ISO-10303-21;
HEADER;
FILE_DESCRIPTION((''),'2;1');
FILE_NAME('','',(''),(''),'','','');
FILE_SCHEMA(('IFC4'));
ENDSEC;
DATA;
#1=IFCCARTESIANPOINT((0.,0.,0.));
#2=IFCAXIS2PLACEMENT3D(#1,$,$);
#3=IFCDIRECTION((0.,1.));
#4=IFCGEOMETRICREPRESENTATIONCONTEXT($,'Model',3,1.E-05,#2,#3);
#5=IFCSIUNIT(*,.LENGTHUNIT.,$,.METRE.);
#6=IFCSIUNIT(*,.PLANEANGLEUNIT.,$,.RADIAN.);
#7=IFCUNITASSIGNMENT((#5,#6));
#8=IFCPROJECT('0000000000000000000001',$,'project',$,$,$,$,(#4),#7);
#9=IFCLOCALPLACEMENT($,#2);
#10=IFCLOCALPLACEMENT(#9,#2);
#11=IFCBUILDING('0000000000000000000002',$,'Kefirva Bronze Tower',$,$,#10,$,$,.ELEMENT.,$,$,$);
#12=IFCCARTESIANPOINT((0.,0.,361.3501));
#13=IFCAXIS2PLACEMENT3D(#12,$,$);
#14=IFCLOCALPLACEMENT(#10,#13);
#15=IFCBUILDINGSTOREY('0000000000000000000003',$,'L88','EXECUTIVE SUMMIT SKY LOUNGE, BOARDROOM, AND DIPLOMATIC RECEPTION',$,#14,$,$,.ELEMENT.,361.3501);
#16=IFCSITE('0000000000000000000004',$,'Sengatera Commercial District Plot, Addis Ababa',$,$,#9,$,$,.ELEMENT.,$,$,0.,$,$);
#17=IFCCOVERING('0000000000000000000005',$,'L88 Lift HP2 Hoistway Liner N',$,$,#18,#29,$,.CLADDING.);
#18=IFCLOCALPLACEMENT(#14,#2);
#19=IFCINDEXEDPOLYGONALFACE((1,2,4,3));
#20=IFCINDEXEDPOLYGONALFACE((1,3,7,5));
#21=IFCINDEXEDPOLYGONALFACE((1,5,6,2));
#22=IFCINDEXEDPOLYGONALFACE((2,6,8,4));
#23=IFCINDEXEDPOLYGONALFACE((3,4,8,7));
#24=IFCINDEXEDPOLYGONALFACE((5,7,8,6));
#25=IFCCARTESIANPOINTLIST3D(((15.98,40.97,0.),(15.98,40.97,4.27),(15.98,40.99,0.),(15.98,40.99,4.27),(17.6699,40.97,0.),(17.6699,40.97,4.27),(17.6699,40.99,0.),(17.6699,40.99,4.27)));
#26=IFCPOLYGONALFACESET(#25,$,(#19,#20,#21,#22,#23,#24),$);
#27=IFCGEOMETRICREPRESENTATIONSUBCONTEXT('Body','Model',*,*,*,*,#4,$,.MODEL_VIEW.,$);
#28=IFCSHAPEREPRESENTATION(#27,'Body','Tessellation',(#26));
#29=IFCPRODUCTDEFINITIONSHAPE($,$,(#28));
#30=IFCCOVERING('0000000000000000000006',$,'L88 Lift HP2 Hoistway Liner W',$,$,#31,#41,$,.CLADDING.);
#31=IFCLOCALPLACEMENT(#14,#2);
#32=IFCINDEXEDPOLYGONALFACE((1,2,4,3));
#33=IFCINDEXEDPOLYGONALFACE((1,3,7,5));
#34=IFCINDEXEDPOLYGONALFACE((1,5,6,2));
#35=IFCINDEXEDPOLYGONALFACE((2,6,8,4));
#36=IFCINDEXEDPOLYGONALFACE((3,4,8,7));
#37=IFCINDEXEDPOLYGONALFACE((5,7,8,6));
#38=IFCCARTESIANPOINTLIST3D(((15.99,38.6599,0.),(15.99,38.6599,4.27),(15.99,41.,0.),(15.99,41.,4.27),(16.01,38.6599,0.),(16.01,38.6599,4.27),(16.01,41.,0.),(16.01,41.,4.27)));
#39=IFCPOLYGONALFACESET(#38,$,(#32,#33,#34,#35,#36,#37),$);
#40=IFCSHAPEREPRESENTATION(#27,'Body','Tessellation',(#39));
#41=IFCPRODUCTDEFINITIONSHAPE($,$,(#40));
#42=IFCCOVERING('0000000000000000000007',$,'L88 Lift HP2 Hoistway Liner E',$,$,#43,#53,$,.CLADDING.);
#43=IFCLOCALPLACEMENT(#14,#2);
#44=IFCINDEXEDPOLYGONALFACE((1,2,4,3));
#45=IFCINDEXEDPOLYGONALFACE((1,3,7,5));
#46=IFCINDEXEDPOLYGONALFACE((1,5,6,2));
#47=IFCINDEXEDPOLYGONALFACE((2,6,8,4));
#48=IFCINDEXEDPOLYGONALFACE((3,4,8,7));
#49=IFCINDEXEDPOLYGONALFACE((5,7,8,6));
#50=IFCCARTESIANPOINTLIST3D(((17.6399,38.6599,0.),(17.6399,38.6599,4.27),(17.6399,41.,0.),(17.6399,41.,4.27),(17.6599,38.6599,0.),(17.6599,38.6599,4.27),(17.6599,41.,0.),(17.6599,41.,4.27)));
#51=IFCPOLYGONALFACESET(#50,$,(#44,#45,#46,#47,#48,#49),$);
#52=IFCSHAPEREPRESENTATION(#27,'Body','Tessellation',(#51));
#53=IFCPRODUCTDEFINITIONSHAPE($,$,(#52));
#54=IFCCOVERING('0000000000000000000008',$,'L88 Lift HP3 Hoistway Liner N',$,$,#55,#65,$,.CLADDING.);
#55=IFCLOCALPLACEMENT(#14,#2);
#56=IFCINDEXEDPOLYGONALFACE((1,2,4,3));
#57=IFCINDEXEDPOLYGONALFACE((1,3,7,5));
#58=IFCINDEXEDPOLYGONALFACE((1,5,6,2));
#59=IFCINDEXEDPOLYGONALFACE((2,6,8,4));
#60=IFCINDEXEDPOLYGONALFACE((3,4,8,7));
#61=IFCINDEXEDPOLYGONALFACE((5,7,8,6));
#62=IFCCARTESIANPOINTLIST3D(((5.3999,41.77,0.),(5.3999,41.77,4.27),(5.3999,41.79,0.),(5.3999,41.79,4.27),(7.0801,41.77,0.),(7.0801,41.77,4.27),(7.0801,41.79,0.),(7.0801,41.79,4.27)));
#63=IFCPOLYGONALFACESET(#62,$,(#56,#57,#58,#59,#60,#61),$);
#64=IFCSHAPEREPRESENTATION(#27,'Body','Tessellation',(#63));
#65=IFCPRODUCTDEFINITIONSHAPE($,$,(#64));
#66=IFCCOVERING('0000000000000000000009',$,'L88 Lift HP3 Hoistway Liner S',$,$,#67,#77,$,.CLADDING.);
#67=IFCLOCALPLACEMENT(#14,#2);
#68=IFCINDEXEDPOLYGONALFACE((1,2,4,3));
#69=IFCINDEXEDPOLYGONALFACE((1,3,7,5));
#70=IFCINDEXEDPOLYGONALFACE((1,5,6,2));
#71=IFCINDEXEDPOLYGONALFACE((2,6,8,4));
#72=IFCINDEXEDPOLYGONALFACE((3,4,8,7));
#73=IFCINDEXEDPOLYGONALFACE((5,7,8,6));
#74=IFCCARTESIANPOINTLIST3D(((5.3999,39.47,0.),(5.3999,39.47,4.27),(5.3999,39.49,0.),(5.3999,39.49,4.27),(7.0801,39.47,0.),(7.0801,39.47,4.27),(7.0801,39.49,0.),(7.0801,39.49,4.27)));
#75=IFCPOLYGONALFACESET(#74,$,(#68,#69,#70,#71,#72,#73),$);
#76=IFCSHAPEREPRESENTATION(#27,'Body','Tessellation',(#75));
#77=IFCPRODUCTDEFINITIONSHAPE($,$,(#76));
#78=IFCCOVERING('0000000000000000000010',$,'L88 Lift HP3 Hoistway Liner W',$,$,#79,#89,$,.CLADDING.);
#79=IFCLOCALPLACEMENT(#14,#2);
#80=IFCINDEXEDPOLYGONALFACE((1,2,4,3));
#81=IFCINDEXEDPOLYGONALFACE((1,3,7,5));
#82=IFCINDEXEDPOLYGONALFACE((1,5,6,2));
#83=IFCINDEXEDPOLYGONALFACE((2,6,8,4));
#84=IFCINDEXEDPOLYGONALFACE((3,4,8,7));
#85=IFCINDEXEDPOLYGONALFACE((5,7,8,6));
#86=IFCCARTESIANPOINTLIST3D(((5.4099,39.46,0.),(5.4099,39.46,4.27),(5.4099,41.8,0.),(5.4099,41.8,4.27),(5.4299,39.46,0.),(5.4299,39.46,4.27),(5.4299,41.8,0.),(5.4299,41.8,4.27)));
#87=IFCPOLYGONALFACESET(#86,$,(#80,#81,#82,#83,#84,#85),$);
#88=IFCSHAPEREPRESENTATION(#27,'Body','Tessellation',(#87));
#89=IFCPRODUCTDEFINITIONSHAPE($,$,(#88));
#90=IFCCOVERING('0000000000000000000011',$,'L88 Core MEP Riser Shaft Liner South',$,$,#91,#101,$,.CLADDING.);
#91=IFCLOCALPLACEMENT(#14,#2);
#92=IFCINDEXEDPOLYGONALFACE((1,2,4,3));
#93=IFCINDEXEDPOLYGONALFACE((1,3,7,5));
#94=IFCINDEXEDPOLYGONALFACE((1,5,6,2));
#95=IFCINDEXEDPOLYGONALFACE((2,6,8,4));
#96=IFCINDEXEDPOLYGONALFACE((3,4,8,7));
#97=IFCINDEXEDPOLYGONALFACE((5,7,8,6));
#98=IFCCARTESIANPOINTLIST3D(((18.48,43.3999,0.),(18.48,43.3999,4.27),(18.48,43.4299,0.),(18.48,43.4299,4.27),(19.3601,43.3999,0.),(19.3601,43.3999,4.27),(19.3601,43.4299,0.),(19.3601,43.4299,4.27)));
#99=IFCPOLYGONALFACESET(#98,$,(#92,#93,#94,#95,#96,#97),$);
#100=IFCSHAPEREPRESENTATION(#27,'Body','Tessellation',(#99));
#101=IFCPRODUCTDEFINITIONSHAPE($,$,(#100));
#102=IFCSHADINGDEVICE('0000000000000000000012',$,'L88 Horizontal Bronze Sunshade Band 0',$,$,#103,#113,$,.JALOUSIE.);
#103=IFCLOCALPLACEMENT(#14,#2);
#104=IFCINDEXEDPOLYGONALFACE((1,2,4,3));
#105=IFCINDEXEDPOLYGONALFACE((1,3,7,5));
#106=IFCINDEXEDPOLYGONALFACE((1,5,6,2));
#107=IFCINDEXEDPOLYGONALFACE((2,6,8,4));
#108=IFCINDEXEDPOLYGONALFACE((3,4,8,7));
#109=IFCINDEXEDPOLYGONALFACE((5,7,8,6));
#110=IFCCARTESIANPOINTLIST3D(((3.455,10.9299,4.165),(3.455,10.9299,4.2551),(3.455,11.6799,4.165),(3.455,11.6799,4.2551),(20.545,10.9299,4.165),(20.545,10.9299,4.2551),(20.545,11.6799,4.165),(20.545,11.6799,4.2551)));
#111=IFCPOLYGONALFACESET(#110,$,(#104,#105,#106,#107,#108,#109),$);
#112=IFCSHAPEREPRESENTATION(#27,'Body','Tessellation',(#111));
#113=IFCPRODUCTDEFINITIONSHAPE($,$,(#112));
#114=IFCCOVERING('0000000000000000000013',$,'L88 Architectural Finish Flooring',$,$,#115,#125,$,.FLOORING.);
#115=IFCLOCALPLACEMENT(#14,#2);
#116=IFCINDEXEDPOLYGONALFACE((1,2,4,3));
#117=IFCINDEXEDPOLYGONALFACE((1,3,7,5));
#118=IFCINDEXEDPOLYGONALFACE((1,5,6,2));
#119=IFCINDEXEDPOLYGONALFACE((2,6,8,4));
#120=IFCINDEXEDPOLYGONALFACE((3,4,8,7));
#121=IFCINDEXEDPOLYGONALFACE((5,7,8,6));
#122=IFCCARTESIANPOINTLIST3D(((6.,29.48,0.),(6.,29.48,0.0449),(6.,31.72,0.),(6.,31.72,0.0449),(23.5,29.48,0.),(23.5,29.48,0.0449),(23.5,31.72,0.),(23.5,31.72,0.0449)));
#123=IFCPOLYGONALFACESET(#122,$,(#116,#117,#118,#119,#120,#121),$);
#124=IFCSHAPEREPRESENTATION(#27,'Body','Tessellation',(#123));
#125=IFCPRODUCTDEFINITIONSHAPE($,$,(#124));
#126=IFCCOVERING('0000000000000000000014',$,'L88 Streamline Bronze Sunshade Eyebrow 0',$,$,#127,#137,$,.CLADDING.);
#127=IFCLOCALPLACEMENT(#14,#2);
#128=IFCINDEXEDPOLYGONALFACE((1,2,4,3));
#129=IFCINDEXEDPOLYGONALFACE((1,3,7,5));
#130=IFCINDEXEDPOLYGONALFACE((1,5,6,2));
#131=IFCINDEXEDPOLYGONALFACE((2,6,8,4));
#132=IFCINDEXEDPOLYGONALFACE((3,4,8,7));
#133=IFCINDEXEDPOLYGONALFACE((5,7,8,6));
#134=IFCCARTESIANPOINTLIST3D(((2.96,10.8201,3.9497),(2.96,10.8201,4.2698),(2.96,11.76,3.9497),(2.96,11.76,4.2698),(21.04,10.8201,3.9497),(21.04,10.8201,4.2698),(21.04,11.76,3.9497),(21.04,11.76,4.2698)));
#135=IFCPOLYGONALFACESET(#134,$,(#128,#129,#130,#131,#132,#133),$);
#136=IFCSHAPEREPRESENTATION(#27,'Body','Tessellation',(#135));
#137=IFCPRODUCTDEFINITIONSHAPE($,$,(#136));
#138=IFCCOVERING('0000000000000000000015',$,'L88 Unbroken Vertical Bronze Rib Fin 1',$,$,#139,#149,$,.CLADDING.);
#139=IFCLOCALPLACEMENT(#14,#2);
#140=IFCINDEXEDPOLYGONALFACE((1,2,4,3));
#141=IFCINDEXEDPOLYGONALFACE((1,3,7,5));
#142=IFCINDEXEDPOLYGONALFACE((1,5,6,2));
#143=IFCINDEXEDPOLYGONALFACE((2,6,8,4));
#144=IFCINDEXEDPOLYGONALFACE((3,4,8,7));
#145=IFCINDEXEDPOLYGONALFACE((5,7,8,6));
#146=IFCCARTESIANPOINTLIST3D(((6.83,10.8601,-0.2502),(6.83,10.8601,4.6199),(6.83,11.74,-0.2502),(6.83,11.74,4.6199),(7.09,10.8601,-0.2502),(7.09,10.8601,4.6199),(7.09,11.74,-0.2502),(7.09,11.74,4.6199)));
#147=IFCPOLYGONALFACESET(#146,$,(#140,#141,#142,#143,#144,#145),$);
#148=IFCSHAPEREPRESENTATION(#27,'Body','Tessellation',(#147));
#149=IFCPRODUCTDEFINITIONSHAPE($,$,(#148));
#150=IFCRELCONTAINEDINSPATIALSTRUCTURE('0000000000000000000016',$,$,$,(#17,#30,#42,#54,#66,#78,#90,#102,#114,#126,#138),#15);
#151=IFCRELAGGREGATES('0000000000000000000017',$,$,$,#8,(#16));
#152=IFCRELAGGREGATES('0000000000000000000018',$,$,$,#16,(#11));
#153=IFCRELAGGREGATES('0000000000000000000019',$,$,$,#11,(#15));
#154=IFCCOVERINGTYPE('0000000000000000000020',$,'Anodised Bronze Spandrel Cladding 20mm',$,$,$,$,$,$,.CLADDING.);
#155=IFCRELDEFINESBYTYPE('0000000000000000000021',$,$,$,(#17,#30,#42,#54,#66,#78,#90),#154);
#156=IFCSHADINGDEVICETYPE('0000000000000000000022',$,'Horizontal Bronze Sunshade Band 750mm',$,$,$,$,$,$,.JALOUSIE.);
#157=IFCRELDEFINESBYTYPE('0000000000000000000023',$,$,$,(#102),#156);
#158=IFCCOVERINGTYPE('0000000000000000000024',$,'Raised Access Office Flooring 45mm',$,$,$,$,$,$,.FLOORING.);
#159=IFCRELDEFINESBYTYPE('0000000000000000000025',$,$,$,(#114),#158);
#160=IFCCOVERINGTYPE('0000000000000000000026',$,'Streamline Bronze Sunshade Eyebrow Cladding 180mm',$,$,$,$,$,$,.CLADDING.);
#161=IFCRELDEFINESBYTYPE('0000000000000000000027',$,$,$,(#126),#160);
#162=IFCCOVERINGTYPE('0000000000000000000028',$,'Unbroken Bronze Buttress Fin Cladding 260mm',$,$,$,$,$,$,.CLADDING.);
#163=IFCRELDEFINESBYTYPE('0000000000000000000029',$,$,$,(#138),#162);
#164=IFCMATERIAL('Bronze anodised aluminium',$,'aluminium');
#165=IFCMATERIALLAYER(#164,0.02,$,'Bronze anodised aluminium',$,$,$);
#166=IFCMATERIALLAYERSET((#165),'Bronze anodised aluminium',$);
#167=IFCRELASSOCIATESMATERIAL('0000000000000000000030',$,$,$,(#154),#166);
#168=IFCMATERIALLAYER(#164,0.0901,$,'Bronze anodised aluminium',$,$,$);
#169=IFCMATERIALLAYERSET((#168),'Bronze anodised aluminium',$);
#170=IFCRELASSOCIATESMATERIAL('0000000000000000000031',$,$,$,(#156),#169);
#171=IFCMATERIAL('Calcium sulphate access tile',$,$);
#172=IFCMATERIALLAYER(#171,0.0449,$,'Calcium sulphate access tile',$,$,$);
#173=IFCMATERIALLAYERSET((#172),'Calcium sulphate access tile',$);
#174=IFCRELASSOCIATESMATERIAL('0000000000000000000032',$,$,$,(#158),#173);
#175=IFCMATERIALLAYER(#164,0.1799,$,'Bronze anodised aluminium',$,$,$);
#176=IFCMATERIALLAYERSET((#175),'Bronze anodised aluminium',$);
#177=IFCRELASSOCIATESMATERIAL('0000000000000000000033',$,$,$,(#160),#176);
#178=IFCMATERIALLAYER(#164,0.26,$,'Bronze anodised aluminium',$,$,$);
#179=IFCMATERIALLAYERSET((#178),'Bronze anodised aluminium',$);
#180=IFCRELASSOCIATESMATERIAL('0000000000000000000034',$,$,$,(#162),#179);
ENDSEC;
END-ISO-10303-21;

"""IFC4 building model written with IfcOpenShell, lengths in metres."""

from ifc_helpers import new_model, si_unit, direction, frame, origin, origin_2d, place, context, subcontext, project, spatial, polyline, rectangle, outline, extrude, material, layer, layer_set, type_object, element, save


model = new_model("IFC4")

# Units and contexts
model_context = context("Model", 3, precision=1e-05, world=origin(), true_north=direction((0.0, 1.0)))
body_context = subcontext(model_context, "Body", "Model", "MODEL_VIEW")
ifc_project = project(units=[si_unit("LENGTHUNIT", "METRE"), si_unit("PLANEANGLEUNIT", "RADIAN")], contexts=[model_context])

# Site, building, storey
site_placement = place(None, origin())
site = spatial("IfcSite", under=ifc_project, at=site_placement, Name="Sengatera Commercial District Plot, Addis Ababa", CompositionType="ELEMENT", RefElevation=0.0)
building_placement = place(site_placement, origin())
building = spatial("IfcBuilding", under=site, at=building_placement, Name="Kefirva Bronze Tower", CompositionType="ELEMENT")
storey_placement = place(building_placement, frame((0.0, 0.0, 361.3501)))
storey = spatial("IfcBuildingStorey", under=building, at=storey_placement, Name="L88", Description="EXECUTIVE SUMMIT SKY LOUNGE, BOARDROOM, AND DIPLOMATIC RECEPTION", CompositionType="ELEMENT", Elevation=361.3501)

# Shared definitions
ifc_material_1 = material(Name="Bronze anodised aluminium", Category="aluminium")

# Coverings
ifc_layer_1 = layer(ifc_material_1, 0.02, Name="Bronze anodised aluminium")
ifc_layer_set_1 = layer_set([ifc_layer_1], Name="Bronze anodised aluminium")
covering_type_1 = type_object("IfcCoveringType", Name="Anodised Bronze Spandrel Cladding 20mm", PredefinedType="CLADDING", material=ifc_layer_set_1)
covering_1_placement = place(storey_placement, origin())
element("IfcCovering", 1, at=covering_1_placement, inside=storey, type_object=covering_type_1, Name="L88 Lift HP2 Hoistway Liner N", PredefinedType="CLADDING", context=body_context, shape_type="SweptSolid", body=[
    extrude(outline(polyline([(15.98, 40.97), (17.6699, 40.97), (17.6699, 40.99), (15.98, 40.99), (15.98, 40.97)])), origin(), (0.0, 0.0, 1.0), 4.27),
])
covering_2_placement = place(storey_placement, origin())
element("IfcCovering", 2, at=covering_2_placement, inside=storey, type_object=covering_type_1, Name="L88 Lift HP2 Hoistway Liner W", PredefinedType="CLADDING", context=body_context, shape_type="SweptSolid", body=[
    extrude(outline(polyline([(15.99, 38.6599), (16.01, 38.6599), (16.01, 41.0), (15.99, 41.0), (15.99, 38.6599)])), origin(), (0.0, 0.0, 1.0), 4.27),
])
covering_3_placement = place(storey_placement, origin())
element("IfcCovering", 3, at=covering_3_placement, inside=storey, type_object=covering_type_1, Name="L88 Lift HP2 Hoistway Liner E", PredefinedType="CLADDING", context=body_context, shape_type="SweptSolid", body=[
    extrude(outline(polyline([(17.6399, 38.6599), (17.6599, 38.6599), (17.6599, 41.0), (17.6399, 41.0), (17.6399, 38.6599)])), origin(), (0.0, 0.0, 1.0), 4.27),
])
covering_4_placement = place(storey_placement, origin())
element("IfcCovering", 4, at=covering_4_placement, inside=storey, type_object=covering_type_1, Name="L88 Lift HP3 Hoistway Liner N", PredefinedType="CLADDING", context=body_context, shape_type="SweptSolid", body=[
    extrude(outline(polyline([(5.3999, 41.77), (7.0801, 41.77), (7.0801, 41.79), (5.3999, 41.79), (5.3999, 41.77)])), origin(), (0.0, 0.0, 1.0), 4.27),
])
covering_5_placement = place(storey_placement, origin())
element("IfcCovering", 5, at=covering_5_placement, inside=storey, type_object=covering_type_1, Name="L88 Lift HP3 Hoistway Liner S", PredefinedType="CLADDING", context=body_context, shape_type="SweptSolid", body=[
    extrude(outline(polyline([(5.3999, 39.47), (7.0801, 39.47), (7.0801, 39.49), (5.3999, 39.49), (5.3999, 39.47)])), origin(), (0.0, 0.0, 1.0), 4.27),
])
covering_6_placement = place(storey_placement, origin())
element("IfcCovering", 6, at=covering_6_placement, inside=storey, type_object=covering_type_1, Name="L88 Lift HP3 Hoistway Liner W", PredefinedType="CLADDING", context=body_context, shape_type="SweptSolid", body=[
    extrude(outline(polyline([(5.4099, 39.46), (5.4299, 39.46), (5.4299, 41.8), (5.4099, 41.8), (5.4099, 39.46)])), origin(), (0.0, 0.0, 1.0), 4.27),
])
covering_7_placement = place(storey_placement, origin())
element("IfcCovering", 7, at=covering_7_placement, inside=storey, type_object=covering_type_1, Name="L88 Core MEP Riser Shaft Liner South", PredefinedType="CLADDING", context=body_context, shape_type="SweptSolid", body=[
    extrude(outline(polyline([(18.48, 43.3999), (19.3601, 43.3999), (19.3601, 43.4299), (18.48, 43.4299), (18.48, 43.3999)])), origin(), (0.0, 0.0, 1.0), 4.27),
])

# Shading device
ifc_layer_2 = layer(ifc_material_1, 0.0901, Name="Bronze anodised aluminium")
ifc_layer_set_2 = layer_set([ifc_layer_2], Name="Bronze anodised aluminium")
shading_device_type = type_object("IfcShadingDeviceType", Name="Horizontal Bronze Sunshade Band 750mm", PredefinedType="JALOUSIE", material=ifc_layer_set_2)
shading_device_placement = place(storey_placement, frame((12.0, 11.3049, 4.165), z_axis=(0.0, 0.0, 1.0), x_axis=(1.0, 0.0, 0.0)))
element("IfcShadingDevice", 8, at=shading_device_placement, inside=storey, type_object=shading_device_type, Name="L88 Horizontal Bronze Sunshade Band 0", PredefinedType="JALOUSIE", context=body_context, shape_type="SweptSolid", body=[
    extrude(rectangle(XDim=17.0901, YDim=0.75, at=origin_2d()), origin(), (0.0, 0.0, 1.0), 0.0901),
])

# Coverings
ifc_material_2 = material(Name="Calcium sulphate access tile")
ifc_layer_3 = layer(ifc_material_2, 0.0449, Name="Calcium sulphate access tile")
ifc_layer_set_3 = layer_set([ifc_layer_3], Name="Calcium sulphate access tile")
covering_type_2 = type_object("IfcCoveringType", Name="Raised Access Office Flooring 45mm", PredefinedType="FLOORING", material=ifc_layer_set_3)
covering_8_placement = place(storey_placement, origin())
element("IfcCovering", 9, at=covering_8_placement, inside=storey, type_object=covering_type_2, Name="L88 Architectural Finish Flooring", PredefinedType="FLOORING", context=body_context, shape_type="SweptSolid", body=[
    extrude(outline(polyline([(6.0, 29.48), (23.5, 29.48), (23.5, 31.72), (6.0, 31.72), (6.0, 29.48)])), origin(), (0.0, 0.0, 1.0), 0.0449),
])
ifc_layer_4 = layer(ifc_material_1, 0.1799, Name="Bronze anodised aluminium")
ifc_layer_set_4 = layer_set([ifc_layer_4], Name="Bronze anodised aluminium")
covering_type_3 = type_object("IfcCoveringType", Name="Streamline Bronze Sunshade Eyebrow Cladding 180mm", PredefinedType="CLADDING", material=ifc_layer_set_4)
covering_9_placement = place(storey_placement, frame((12.0, 11.29, 3.9497), z_axis=(0.0, 0.0, 1.0), x_axis=(1.0, 0.0, 0.0)))
element("IfcCovering", 10, at=covering_9_placement, inside=storey, type_object=covering_type_3, Name="L88 Streamline Bronze Sunshade Eyebrow 0", PredefinedType="CLADDING", context=body_context, shape_type="SweptSolid", body=[
    extrude(rectangle(XDim=18.0801, YDim=0.9399, at=origin_2d()), origin(), (0.0, 0.0, 1.0), 0.3201),
])
ifc_layer_5 = layer(ifc_material_1, 0.26, Name="Bronze anodised aluminium")
ifc_layer_set_5 = layer_set([ifc_layer_5], Name="Bronze anodised aluminium")
covering_type_4 = type_object("IfcCoveringType", Name="Unbroken Bronze Buttress Fin Cladding 260mm", PredefinedType="CLADDING", material=ifc_layer_set_5)
covering_10_placement = place(storey_placement, frame((6.96, 11.3, -0.2502), z_axis=(0.0, 0.0, 1.0), x_axis=(1.0, 0.0, 0.0)))
element("IfcCovering", 11, at=covering_10_placement, inside=storey, type_object=covering_type_4, Name="L88 Unbroken Vertical Bronze Rib Fin 1", PredefinedType="CLADDING", context=body_context, shape_type="SweptSolid", body=[
    extrude(rectangle(XDim=0.26, YDim=0.8799, at=origin_2d()), origin(), (0.0, 0.0, 1.0), 4.8701),
])

save(model, "model.ifc")
